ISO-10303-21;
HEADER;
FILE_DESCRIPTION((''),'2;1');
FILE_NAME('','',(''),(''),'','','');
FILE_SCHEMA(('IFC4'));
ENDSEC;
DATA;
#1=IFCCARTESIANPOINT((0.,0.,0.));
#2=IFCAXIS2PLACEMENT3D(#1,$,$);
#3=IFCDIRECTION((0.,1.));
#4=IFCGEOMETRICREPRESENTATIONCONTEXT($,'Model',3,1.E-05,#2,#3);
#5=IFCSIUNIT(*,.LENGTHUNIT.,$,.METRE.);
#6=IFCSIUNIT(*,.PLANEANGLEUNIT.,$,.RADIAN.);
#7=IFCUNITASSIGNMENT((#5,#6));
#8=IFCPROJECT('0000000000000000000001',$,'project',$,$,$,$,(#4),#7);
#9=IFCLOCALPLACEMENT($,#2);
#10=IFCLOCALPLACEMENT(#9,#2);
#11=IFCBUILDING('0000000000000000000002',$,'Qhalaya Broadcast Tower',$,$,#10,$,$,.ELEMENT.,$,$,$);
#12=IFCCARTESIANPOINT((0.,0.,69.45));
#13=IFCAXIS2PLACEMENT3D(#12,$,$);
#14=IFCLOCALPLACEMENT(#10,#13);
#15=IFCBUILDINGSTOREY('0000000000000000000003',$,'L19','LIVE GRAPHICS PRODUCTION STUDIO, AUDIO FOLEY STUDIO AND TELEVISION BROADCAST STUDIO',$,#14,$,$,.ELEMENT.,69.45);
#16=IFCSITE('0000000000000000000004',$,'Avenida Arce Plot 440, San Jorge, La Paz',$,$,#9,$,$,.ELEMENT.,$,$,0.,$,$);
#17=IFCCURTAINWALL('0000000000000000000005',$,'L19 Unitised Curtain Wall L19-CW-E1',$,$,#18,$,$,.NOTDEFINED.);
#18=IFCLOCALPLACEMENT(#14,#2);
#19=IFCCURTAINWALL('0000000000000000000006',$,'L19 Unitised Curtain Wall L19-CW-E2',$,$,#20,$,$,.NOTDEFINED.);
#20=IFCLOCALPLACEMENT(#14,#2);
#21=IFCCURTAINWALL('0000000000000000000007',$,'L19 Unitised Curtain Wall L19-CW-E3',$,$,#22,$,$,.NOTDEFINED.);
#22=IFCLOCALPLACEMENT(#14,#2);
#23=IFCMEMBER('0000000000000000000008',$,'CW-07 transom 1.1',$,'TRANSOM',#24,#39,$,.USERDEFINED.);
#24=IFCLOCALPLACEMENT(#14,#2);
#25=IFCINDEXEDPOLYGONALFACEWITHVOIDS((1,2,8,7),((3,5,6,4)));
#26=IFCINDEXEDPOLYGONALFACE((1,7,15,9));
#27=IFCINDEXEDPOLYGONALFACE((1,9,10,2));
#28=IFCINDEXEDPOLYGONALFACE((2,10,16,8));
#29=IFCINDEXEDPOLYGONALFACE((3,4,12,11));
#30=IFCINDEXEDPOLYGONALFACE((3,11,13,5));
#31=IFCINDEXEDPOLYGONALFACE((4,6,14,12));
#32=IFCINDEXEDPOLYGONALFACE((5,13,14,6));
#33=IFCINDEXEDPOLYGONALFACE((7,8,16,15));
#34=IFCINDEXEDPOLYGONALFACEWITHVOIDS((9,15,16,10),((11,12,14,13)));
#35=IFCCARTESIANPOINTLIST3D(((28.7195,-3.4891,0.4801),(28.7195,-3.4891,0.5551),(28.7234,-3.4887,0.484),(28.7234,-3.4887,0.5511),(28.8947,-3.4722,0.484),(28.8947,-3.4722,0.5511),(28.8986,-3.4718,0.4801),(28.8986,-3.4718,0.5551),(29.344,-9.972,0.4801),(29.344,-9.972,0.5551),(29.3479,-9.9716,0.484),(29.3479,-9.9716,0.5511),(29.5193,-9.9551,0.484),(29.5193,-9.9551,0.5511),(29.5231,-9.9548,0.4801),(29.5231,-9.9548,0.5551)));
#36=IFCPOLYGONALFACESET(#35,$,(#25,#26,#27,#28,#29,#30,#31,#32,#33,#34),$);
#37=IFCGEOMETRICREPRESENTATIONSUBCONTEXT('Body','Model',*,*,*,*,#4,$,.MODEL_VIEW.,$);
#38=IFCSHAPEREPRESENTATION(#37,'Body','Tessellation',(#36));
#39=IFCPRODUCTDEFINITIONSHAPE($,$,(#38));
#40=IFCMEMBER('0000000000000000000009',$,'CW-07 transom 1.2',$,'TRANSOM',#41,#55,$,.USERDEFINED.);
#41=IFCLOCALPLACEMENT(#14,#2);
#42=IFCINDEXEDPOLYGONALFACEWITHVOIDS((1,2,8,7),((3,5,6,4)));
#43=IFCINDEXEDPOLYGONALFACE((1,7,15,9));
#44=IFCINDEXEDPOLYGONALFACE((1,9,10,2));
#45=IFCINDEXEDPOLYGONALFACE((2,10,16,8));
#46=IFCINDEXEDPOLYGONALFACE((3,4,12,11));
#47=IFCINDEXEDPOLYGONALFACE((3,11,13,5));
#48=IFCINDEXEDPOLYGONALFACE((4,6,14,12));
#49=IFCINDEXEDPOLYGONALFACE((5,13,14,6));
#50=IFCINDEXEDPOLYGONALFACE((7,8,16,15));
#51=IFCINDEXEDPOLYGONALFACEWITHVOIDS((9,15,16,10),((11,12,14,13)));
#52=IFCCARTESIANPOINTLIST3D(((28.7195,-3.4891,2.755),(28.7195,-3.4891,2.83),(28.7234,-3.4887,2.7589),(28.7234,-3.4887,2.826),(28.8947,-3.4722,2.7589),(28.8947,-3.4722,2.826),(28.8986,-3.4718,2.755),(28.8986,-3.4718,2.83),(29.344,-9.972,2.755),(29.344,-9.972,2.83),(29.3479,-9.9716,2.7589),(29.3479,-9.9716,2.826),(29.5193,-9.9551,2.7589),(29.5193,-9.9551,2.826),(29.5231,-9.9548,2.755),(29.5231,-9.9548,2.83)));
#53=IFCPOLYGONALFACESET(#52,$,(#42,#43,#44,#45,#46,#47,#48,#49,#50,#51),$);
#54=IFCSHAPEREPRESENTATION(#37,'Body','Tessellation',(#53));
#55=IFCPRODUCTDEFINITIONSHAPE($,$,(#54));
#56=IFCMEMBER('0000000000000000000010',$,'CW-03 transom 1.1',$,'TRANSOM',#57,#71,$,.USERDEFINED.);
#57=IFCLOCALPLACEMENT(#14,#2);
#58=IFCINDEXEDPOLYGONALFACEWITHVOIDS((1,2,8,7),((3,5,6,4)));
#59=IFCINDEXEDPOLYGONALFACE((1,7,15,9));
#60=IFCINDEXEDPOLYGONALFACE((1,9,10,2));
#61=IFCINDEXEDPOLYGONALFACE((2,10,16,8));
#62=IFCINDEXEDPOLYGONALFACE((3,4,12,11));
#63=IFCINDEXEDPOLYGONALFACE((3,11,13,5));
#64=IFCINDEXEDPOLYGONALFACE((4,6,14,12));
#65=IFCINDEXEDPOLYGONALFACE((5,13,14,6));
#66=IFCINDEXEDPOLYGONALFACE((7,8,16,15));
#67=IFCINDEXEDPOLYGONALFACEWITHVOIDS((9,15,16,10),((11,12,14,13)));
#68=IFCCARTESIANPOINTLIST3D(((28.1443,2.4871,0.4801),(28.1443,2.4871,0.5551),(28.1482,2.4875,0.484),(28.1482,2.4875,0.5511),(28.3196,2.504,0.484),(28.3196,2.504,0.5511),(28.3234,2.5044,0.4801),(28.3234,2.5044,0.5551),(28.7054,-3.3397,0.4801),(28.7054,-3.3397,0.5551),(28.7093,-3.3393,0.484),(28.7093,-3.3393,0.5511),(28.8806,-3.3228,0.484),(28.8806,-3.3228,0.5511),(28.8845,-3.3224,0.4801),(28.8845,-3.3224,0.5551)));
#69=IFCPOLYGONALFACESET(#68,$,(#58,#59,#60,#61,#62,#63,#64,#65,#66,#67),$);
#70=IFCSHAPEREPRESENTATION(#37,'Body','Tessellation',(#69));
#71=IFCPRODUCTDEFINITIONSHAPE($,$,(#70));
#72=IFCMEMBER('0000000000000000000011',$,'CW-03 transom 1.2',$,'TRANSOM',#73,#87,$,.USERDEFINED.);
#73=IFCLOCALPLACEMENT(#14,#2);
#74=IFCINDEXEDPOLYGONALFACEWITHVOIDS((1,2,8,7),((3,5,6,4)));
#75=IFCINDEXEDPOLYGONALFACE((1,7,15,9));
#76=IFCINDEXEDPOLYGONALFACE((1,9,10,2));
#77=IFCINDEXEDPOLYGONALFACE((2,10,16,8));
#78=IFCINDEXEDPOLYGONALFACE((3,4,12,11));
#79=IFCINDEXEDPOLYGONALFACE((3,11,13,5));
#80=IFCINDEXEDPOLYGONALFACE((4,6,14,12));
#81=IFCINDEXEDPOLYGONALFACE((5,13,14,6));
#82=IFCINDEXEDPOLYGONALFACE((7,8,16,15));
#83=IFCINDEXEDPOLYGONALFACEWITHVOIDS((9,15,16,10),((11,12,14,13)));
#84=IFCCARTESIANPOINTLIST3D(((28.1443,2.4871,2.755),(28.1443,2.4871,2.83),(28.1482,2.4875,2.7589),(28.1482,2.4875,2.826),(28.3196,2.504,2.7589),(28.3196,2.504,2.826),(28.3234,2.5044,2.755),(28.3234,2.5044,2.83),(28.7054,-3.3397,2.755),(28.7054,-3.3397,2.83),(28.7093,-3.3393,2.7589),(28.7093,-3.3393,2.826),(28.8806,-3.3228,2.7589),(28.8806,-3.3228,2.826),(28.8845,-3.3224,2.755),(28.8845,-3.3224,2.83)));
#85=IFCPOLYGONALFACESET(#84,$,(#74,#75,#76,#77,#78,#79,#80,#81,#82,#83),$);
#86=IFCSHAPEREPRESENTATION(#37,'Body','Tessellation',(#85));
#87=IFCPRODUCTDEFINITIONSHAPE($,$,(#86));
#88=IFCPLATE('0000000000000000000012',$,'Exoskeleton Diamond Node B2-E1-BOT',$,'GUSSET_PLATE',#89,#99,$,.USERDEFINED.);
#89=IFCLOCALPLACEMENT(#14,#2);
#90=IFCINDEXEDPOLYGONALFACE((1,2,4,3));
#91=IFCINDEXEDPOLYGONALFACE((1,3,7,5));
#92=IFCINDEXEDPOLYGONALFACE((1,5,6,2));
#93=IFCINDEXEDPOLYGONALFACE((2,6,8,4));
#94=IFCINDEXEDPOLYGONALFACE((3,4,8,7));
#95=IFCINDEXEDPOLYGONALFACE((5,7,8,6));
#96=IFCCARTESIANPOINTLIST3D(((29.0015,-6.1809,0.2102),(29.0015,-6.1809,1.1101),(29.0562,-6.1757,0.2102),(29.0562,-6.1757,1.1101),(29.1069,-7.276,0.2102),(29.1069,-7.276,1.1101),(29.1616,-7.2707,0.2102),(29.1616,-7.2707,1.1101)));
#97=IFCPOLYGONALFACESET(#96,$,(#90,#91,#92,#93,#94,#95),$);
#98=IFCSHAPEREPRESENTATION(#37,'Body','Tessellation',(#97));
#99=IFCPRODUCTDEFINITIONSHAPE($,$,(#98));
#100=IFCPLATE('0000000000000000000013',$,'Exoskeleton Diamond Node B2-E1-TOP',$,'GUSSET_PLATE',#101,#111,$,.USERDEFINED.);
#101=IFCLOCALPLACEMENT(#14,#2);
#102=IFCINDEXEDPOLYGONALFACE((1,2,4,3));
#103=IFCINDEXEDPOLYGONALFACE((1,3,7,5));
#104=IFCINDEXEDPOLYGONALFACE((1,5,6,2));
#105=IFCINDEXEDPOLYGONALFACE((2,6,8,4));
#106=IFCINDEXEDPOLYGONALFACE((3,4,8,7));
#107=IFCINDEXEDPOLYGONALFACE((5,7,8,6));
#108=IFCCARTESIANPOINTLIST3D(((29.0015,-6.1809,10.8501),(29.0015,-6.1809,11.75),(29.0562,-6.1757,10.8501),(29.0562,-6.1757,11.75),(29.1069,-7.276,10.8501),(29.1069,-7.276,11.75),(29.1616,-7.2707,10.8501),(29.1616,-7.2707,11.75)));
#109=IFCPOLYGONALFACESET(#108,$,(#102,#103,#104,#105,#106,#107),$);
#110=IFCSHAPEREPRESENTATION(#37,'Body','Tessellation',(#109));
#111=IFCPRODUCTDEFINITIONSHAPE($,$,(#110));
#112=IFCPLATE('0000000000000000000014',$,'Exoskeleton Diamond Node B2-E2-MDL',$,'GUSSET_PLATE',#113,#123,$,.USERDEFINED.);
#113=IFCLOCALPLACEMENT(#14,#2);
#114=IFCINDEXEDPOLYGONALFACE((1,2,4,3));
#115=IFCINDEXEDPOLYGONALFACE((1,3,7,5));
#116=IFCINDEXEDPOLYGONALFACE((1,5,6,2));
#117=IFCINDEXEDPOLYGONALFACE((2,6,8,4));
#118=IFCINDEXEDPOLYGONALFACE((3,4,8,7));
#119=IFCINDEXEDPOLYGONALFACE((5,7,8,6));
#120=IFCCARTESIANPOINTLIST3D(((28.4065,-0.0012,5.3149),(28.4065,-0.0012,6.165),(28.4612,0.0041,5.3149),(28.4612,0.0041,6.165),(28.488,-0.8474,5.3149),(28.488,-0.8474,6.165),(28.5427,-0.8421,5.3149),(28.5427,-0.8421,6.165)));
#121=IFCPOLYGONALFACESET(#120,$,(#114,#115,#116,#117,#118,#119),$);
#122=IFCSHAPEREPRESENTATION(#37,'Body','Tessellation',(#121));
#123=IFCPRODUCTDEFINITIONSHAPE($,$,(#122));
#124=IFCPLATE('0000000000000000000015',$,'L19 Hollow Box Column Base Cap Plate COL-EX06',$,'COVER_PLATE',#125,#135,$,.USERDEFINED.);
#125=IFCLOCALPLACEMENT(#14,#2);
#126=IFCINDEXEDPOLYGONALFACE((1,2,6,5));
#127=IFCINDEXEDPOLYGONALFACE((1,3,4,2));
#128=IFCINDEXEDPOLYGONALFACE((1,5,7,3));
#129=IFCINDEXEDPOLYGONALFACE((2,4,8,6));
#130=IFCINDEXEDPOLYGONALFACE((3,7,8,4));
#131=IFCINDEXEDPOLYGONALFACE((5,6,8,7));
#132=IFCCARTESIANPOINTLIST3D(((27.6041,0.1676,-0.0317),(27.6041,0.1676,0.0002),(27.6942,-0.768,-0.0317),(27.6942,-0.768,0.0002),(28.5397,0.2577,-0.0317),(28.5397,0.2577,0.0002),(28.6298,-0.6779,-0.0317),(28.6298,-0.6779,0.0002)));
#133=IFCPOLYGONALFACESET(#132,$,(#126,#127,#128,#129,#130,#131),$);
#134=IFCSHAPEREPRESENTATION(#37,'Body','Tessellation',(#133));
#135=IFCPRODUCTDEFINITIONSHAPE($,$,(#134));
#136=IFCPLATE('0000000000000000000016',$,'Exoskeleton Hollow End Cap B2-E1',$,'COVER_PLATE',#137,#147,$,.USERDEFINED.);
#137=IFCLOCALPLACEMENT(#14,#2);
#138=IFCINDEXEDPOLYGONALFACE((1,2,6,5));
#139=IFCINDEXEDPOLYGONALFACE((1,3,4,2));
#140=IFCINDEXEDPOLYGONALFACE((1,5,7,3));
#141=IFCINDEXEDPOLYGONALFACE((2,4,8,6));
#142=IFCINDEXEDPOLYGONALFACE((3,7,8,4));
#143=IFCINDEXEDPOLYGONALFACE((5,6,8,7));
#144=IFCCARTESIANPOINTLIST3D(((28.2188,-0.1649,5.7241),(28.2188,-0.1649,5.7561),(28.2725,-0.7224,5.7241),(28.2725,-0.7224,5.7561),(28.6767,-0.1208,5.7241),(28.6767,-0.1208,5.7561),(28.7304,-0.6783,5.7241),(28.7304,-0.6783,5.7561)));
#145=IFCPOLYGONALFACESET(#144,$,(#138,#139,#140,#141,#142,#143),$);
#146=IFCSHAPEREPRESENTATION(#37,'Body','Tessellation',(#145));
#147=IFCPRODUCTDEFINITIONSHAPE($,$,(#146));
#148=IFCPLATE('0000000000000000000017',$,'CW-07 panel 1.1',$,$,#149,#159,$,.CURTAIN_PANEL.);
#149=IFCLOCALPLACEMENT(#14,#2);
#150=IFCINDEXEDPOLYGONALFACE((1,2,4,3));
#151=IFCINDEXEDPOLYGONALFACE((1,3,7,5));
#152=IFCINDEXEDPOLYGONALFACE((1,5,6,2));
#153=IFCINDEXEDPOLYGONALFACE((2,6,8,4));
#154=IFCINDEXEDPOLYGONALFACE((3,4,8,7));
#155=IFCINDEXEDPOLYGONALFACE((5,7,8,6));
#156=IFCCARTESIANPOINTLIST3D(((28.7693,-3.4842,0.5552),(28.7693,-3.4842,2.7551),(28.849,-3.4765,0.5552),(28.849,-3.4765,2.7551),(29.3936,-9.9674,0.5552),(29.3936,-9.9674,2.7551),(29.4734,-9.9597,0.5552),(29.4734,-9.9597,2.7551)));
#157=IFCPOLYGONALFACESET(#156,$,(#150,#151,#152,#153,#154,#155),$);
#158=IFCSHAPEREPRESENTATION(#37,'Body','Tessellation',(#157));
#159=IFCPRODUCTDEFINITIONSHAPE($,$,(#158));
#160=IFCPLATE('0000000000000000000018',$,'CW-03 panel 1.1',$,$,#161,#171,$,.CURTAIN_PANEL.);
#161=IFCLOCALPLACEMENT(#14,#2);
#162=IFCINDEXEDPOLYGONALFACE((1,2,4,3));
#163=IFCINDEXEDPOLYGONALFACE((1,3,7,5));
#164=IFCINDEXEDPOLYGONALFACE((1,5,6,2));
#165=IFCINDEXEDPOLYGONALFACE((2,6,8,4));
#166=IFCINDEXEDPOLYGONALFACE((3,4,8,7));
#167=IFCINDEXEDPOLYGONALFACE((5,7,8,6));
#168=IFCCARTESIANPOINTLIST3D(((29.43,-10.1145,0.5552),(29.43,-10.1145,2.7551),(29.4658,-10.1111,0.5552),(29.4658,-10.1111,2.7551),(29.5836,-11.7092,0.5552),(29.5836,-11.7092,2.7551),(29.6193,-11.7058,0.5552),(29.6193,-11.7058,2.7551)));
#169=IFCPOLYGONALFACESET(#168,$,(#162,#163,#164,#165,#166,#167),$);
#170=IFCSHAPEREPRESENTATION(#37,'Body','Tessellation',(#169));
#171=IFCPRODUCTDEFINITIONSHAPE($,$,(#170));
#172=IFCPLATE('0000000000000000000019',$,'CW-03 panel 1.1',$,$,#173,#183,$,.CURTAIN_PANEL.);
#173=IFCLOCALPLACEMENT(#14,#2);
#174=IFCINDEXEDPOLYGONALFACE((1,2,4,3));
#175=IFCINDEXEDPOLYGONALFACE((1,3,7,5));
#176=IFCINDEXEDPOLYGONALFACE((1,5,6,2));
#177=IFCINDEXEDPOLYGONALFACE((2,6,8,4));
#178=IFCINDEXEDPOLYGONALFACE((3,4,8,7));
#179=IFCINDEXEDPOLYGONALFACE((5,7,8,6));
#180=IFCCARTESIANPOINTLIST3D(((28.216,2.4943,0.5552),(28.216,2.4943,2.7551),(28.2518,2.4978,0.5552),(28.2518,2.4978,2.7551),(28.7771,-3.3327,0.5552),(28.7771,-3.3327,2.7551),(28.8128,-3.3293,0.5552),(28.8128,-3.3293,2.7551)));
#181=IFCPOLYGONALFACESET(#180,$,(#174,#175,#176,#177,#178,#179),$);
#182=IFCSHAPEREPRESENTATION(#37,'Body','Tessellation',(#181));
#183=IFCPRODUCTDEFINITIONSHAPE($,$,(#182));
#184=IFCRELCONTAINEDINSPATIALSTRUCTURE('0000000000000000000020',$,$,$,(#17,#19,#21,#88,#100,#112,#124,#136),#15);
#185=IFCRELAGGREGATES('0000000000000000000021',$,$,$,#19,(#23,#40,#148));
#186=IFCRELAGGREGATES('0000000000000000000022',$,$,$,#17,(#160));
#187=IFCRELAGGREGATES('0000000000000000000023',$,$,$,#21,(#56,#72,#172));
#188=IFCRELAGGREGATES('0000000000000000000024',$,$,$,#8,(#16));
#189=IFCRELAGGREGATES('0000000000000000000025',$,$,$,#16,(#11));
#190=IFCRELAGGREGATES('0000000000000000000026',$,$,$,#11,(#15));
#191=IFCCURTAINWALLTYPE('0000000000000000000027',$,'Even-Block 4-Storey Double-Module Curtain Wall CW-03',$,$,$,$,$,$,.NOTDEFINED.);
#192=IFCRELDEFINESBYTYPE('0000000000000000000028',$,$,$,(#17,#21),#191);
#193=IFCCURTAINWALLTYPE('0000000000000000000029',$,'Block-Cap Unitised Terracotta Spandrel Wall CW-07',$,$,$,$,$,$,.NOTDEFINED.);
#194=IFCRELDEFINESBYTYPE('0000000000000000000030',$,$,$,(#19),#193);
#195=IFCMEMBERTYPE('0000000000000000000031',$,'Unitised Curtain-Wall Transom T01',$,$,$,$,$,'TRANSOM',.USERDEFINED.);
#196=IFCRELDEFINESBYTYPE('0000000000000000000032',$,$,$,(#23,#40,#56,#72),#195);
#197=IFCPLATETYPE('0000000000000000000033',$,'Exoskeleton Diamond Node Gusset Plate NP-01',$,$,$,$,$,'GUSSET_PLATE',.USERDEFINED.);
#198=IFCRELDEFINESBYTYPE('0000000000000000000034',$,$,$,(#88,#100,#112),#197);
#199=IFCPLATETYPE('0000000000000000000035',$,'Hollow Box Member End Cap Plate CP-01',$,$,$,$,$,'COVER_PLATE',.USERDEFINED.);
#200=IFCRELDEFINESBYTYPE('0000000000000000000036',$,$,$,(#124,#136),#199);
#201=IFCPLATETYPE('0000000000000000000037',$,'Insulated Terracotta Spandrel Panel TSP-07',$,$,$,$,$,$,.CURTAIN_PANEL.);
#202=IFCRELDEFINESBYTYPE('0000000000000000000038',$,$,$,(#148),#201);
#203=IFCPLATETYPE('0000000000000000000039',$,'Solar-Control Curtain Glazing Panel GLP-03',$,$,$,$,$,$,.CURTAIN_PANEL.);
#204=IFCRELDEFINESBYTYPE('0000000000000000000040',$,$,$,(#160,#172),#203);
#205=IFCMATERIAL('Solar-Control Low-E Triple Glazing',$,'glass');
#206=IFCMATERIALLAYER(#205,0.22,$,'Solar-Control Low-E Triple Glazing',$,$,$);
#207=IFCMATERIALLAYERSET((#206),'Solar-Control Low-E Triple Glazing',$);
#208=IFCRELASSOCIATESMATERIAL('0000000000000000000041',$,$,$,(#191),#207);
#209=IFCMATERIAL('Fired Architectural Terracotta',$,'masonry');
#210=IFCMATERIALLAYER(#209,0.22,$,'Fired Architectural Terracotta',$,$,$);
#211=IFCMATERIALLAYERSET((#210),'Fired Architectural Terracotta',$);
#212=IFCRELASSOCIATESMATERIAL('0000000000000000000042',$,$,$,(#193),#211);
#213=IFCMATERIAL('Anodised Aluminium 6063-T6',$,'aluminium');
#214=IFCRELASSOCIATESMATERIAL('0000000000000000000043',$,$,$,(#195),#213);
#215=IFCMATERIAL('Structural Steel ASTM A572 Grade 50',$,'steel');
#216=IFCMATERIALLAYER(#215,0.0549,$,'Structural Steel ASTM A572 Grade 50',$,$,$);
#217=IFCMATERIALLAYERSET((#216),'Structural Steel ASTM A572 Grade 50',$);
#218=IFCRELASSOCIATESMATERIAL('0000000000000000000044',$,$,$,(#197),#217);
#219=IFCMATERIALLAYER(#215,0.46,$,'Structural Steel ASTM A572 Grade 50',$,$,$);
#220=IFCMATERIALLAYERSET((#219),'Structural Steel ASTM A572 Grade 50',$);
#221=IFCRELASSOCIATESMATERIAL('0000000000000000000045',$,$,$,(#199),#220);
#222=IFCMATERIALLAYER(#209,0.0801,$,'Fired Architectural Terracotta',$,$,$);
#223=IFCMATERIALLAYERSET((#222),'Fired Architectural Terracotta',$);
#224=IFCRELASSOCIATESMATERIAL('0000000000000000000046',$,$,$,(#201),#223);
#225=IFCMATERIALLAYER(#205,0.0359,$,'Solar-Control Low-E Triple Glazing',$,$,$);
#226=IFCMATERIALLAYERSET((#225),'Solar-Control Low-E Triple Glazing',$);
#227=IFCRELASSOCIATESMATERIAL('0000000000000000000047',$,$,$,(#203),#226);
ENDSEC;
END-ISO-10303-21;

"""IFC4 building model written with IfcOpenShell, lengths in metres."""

from ifc_helpers import new_model, si_unit, direction, frame, origin, origin_2d, place, context, subcontext, project, spatial, rectangle, hollow_rectangle, extrude, material, layer, layer_set, material_profile, profile_set, type_object, element, aggregate, save


model = new_model("IFC4")

# Units and contexts
model_context = context("Model", 3, precision=1e-05, world=origin(), true_north=direction((0.0, 1.0)))
body_context = subcontext(model_context, "Body", "Model", "MODEL_VIEW")
ifc_project = project(units=[si_unit("LENGTHUNIT", "METRE"), si_unit("PLANEANGLEUNIT", "RADIAN")], contexts=[model_context])

# Site, building, storey
site_placement = place(None, origin())
site = spatial("IfcSite", under=ifc_project, at=site_placement, Name="Avenida Arce Plot 440, San Jorge, La Paz", CompositionType="ELEMENT", RefElevation=0.0)
building_placement = place(site_placement, origin())
building = spatial("IfcBuilding", under=site, at=building_placement, Name="Qhalaya Broadcast Tower", CompositionType="ELEMENT")
storey_placement = place(building_placement, frame((0.0, 0.0, 69.45)))
storey = spatial("IfcBuildingStorey", under=building, at=storey_placement, Name="L19", Description="LIVE GRAPHICS PRODUCTION STUDIO, AUDIO FOLEY STUDIO AND TELEVISION BROADCAST STUDIO", CompositionType="ELEMENT", Elevation=69.45)

# Shared definitions
ifc_material_1 = material(Name="Structural Steel ASTM A572 Grade 50", Category="steel")

# Curtain wall
ifc_material_2 = material(Name="Solar-Control Low-E Triple Glazing", Category="glass")
ifc_layer_1 = layer(ifc_material_2, 0.22, Name="Solar-Control Low-E Triple Glazing")
ifc_layer_set_1 = layer_set([ifc_layer_1], Name="Solar-Control Low-E Triple Glazing")
curtain_wall_type_1 = type_object("IfcCurtainWallType", Name="Even-Block 4-Storey Double-Module Curtain Wall CW-03", PredefinedType="NOTDEFINED", material=ifc_layer_set_1)
curtain_wall_1_placement = place(storey_placement, origin())
curtain_wall_1 = element("IfcCurtainWall", 1, at=curtain_wall_1_placement, inside=storey, type_object=curtain_wall_type_1, Name="L19 Unitised Curtain Wall L19-CW-E1", PredefinedType="NOTDEFINED")
ifc_material_3 = material(Name="Anodised Aluminium 6063-T6", Category="aluminium")

# Curtain wall
ifc_material_4 = material(Name="Fired Architectural Terracotta", Category="masonry")
ifc_layer_2 = layer(ifc_material_4, 0.22, Name="Fired Architectural Terracotta")
ifc_layer_set_2 = layer_set([ifc_layer_2], Name="Fired Architectural Terracotta")
curtain_wall_type_2 = type_object("IfcCurtainWallType", Name="Block-Cap Unitised Terracotta Spandrel Wall CW-07", PredefinedType="NOTDEFINED", material=ifc_layer_set_2)
curtain_wall_2_placement = place(storey_placement, origin())
curtain_wall_2 = element("IfcCurtainWall", 2, at=curtain_wall_2_placement, inside=storey, type_object=curtain_wall_type_2, Name="L19 Unitised Curtain Wall L19-CW-E2", PredefinedType="NOTDEFINED")

# Curtain wall
curtain_wall_3_placement = place(storey_placement, origin())
curtain_wall_3 = element("IfcCurtainWall", 3, at=curtain_wall_3_placement, inside=storey, type_object=curtain_wall_type_1, Name="L19 Unitised Curtain Wall L19-CW-E3", PredefinedType="NOTDEFINED")

# Members
ifc_material_profile_1 = material_profile(ifc_material_3, hollow_rectangle(XDim=0.075, YDim=0.1799, WallThickness=0.0039, at=origin_2d()), Name="ALU-TRN 75x180x4")
ifc_profile_set_1 = profile_set([ifc_material_profile_1], Name="Anodised Aluminium 6063-T6")
member_type_1 = type_object("IfcMemberType", Name="Unitised Curtain-Wall Transom T01", ElementType="TRANSOM", PredefinedType="USERDEFINED", material=ifc_profile_set_1)
member_1_placement = place(storey_placement, frame((29.4336, -9.9634, 0.5176), z_axis=(-0.095888, 0.995392, 0.0), x_axis=(0.0, 0.0, 1.0)))
member_1 = element("IfcMember", 4, at=member_1_placement, type_object=member_type_1, Name="CW-07 transom 1.1", ObjectType="TRANSOM", PredefinedType="USERDEFINED", context=body_context, shape_type="SweptSolid", body=[
    extrude(hollow_rectangle(XDim=0.075, YDim=0.1799, WallThickness=0.0039, at=origin_2d()), origin(), (0.0, 0.0, 1.0), 6.5129),
])
member_2_placement = place(storey_placement, frame((29.4336, -9.9634, 2.7925), z_axis=(-0.095888, 0.995392, 0.0), x_axis=(0.0, 0.0, 1.0)))
member_2 = element("IfcMember", 5, at=member_2_placement, type_object=member_type_1, Name="CW-07 transom 1.2", ObjectType="TRANSOM", PredefinedType="USERDEFINED", context=body_context, shape_type="SweptSolid", body=[
    extrude(hollow_rectangle(XDim=0.075, YDim=0.1799, WallThickness=0.0039, at=origin_2d()), origin(), (0.0, 0.0, 1.0), 6.5129),
])
member_3_placement = place(storey_placement, frame((28.7949, -3.3311, 0.5176), z_axis=(-0.09584, 0.995397, 0.0), x_axis=(0.0, 0.0, 1.0)))
member_3 = element("IfcMember", 6, at=member_3_placement, type_object=member_type_1, Name="CW-03 transom 1.1", ObjectType="TRANSOM", PredefinedType="USERDEFINED", context=body_context, shape_type="SweptSolid", body=[
    extrude(hollow_rectangle(XDim=0.075, YDim=0.1799, WallThickness=0.0039, at=origin_2d()), origin(), (0.0, 0.0, 1.0), 5.8538),
])
member_4_placement = place(storey_placement, frame((28.7949, -3.3311, 2.7925), z_axis=(-0.09584, 0.995397, 0.0), x_axis=(0.0, 0.0, 1.0)))
member_4 = element("IfcMember", 7, at=member_4_placement, type_object=member_type_1, Name="CW-03 transom 1.2", ObjectType="TRANSOM", PredefinedType="USERDEFINED", context=body_context, shape_type="SweptSolid", body=[
    extrude(hollow_rectangle(XDim=0.075, YDim=0.1799, WallThickness=0.0039, at=origin_2d()), origin(), (0.0, 0.0, 1.0), 5.8538),
])

# Plates
ifc_layer_3 = layer(ifc_material_1, 0.0549, Name="Structural Steel ASTM A572 Grade 50")
ifc_layer_set_3 = layer_set([ifc_layer_3], Name="Structural Steel ASTM A572 Grade 50")
plate_type_1 = type_object("IfcPlateType", Name="Exoskeleton Diamond Node Gusset Plate NP-01", ElementType="GUSSET_PLATE", PredefinedType="USERDEFINED", material=ifc_layer_set_3)
for number, where, z_axis, x_axis, name in (
    (8, (29.0815, -6.7258, 0.2102), (0.0, 0.0, 1.0), (-0.095846, 0.995396, 0.0), "Exoskeleton Diamond Node B2-E1-BOT"),
    (9, (29.0815, -6.7258, 10.8501), (0.0, 0.0, 1.0), (-0.095846, 0.995396, 0.0), "Exoskeleton Diamond Node B2-E1-TOP"),
):
    element("IfcPlate", number, at=place(storey_placement, frame(where, z_axis=z_axis, x_axis=x_axis)), inside=storey, type_object=plate_type_1, Name=name, ObjectType="GUSSET_PLATE", PredefinedType="USERDEFINED", context=body_context, shape_type="SweptSolid", body=[
        extrude(rectangle(XDim=1.1001, YDim=0.0549, at=origin_2d()), origin(), (0.0, 0.0, 1.0), 0.8999),
    ])
plate_1_placement = place(storey_placement, frame((28.4746, -0.4216, 5.3149), z_axis=(0.0, 0.0, 1.0), x_axis=(-0.095846, 0.995396, 0.0)))
element("IfcPlate", 10, at=plate_1_placement, inside=storey, type_object=plate_type_1, Name="Exoskeleton Diamond Node B2-E2-MDL", ObjectType="GUSSET_PLATE", PredefinedType="USERDEFINED", context=body_context, shape_type="SweptSolid", body=[
    extrude(rectangle(XDim=0.8501, YDim=0.0549, at=origin_2d()), origin(), (0.0, 0.0, 1.0), 0.8501),
])
ifc_layer_4 = layer(ifc_material_1, 0.46, Name="Structural Steel ASTM A572 Grade 50")
ifc_layer_set_4 = layer_set([ifc_layer_4], Name="Structural Steel ASTM A572 Grade 50")
plate_type_2 = type_object("IfcPlateType", Name="Hollow Box Member End Cap Plate CP-01", ElementType="COVER_PLATE", PredefinedType="USERDEFINED", material=ifc_layer_set_4)
plate_2_placement = place(storey_placement, frame((28.1169, -0.2551, -0.0317), z_axis=(0.0, 0.0, 1.0), x_axis=(-0.095846, 0.995396, 0.0)))
element("IfcPlate", 11, at=plate_2_placement, inside=storey, type_object=plate_type_2, Name="L19 Hollow Box Column Base Cap Plate COL-EX06", ObjectType="COVER_PLATE", PredefinedType="USERDEFINED", context=body_context, shape_type="SweptSolid", body=[
    extrude(rectangle(XDim=0.9399, YDim=0.9399, at=origin_2d()), origin(), (0.0, 0.0, 1.0), 0.032),
])
plate_3_placement = place(storey_placement, frame((28.4746, -0.4216, 5.7241), z_axis=(0.0, 0.0, 1.0), x_axis=(-0.095846, 0.995396, 0.0)))
element("IfcPlate", 12, at=plate_3_placement, inside=storey, type_object=plate_type_2, Name="Exoskeleton Hollow End Cap B2-E1", ObjectType="COVER_PLATE", PredefinedType="USERDEFINED", context=body_context, shape_type="SweptSolid", body=[
    extrude(rectangle(XDim=0.5601, YDim=0.46, at=origin_2d()), origin(), (0.0, 0.0, 1.0), 0.032),
])

# Plates
ifc_layer_5 = layer(ifc_material_4, 0.0801, Name="Fired Architectural Terracotta")
ifc_layer_set_5 = layer_set([ifc_layer_5], Name="Fired Architectural Terracotta")
plate_type_3 = type_object("IfcPlateType", Name="Insulated Terracotta Spandrel Panel TSP-07", PredefinedType="CURTAIN_PANEL", material=ifc_layer_set_5)
plate_4_placement = place(storey_placement, frame((29.1213, -6.7219, 0.5552), z_axis=(0.0, 0.0, 1.0), x_axis=(-0.095857, 0.995395, 0.0)))
plate_4 = element("IfcPlate", 13, at=plate_4_placement, type_object=plate_type_3, Name="CW-07 panel 1.1", PredefinedType="CURTAIN_PANEL", context=body_context, shape_type="SweptSolid", body=[
    extrude(rectangle(XDim=6.5132, YDim=0.0801, at=origin_2d()), origin(), (0.0, 0.0, 1.0), 2.2),
])
aggregate(curtain_wall_2, [member_1, member_2, plate_4])
ifc_layer_6 = layer(ifc_material_2, 0.0359, Name="Solar-Control Low-E Triple Glazing")
ifc_layer_set_6 = layer_set([ifc_layer_6], Name="Solar-Control Low-E Triple Glazing")
plate_type_4 = type_object("IfcPlateType", Name="Solar-Control Curtain Glazing Panel GLP-03", PredefinedType="CURTAIN_PANEL", material=ifc_layer_set_6)
plate_5_placement = place(storey_placement, frame((29.5247, -10.9102, 0.5552), z_axis=(0.0, 0.0, 1.0), x_axis=(-0.095835, 0.995397, 0.0)))
plate_5 = element("IfcPlate", 14, at=plate_5_placement, type_object=plate_type_4, Name="CW-03 panel 1.1", PredefinedType="CURTAIN_PANEL", context=body_context, shape_type="SweptSolid", body=[
    extrude(rectangle(XDim=1.6021, YDim=0.0359, at=origin_2d()), origin(), (0.0, 0.0, 1.0), 2.2),
])
aggregate(curtain_wall_1, [plate_5])
plate_6_placement = place(storey_placement, frame((28.5144, -0.4175, 0.5552), z_axis=(0.0, 0.0, 1.0), x_axis=(-0.095837, 0.995397, 0.0)))
plate_6 = element("IfcPlate", 15, at=plate_6_placement, type_object=plate_type_4, Name="CW-03 panel 1.1", PredefinedType="CURTAIN_PANEL", context=body_context, shape_type="SweptSolid", body=[
    extrude(rectangle(XDim=5.854, YDim=0.0359, at=origin_2d()), origin(), (0.0, 0.0, 1.0), 2.2),
])
aggregate(curtain_wall_3, [member_3, member_4, plate_6])

save(model, "model.ifc")
